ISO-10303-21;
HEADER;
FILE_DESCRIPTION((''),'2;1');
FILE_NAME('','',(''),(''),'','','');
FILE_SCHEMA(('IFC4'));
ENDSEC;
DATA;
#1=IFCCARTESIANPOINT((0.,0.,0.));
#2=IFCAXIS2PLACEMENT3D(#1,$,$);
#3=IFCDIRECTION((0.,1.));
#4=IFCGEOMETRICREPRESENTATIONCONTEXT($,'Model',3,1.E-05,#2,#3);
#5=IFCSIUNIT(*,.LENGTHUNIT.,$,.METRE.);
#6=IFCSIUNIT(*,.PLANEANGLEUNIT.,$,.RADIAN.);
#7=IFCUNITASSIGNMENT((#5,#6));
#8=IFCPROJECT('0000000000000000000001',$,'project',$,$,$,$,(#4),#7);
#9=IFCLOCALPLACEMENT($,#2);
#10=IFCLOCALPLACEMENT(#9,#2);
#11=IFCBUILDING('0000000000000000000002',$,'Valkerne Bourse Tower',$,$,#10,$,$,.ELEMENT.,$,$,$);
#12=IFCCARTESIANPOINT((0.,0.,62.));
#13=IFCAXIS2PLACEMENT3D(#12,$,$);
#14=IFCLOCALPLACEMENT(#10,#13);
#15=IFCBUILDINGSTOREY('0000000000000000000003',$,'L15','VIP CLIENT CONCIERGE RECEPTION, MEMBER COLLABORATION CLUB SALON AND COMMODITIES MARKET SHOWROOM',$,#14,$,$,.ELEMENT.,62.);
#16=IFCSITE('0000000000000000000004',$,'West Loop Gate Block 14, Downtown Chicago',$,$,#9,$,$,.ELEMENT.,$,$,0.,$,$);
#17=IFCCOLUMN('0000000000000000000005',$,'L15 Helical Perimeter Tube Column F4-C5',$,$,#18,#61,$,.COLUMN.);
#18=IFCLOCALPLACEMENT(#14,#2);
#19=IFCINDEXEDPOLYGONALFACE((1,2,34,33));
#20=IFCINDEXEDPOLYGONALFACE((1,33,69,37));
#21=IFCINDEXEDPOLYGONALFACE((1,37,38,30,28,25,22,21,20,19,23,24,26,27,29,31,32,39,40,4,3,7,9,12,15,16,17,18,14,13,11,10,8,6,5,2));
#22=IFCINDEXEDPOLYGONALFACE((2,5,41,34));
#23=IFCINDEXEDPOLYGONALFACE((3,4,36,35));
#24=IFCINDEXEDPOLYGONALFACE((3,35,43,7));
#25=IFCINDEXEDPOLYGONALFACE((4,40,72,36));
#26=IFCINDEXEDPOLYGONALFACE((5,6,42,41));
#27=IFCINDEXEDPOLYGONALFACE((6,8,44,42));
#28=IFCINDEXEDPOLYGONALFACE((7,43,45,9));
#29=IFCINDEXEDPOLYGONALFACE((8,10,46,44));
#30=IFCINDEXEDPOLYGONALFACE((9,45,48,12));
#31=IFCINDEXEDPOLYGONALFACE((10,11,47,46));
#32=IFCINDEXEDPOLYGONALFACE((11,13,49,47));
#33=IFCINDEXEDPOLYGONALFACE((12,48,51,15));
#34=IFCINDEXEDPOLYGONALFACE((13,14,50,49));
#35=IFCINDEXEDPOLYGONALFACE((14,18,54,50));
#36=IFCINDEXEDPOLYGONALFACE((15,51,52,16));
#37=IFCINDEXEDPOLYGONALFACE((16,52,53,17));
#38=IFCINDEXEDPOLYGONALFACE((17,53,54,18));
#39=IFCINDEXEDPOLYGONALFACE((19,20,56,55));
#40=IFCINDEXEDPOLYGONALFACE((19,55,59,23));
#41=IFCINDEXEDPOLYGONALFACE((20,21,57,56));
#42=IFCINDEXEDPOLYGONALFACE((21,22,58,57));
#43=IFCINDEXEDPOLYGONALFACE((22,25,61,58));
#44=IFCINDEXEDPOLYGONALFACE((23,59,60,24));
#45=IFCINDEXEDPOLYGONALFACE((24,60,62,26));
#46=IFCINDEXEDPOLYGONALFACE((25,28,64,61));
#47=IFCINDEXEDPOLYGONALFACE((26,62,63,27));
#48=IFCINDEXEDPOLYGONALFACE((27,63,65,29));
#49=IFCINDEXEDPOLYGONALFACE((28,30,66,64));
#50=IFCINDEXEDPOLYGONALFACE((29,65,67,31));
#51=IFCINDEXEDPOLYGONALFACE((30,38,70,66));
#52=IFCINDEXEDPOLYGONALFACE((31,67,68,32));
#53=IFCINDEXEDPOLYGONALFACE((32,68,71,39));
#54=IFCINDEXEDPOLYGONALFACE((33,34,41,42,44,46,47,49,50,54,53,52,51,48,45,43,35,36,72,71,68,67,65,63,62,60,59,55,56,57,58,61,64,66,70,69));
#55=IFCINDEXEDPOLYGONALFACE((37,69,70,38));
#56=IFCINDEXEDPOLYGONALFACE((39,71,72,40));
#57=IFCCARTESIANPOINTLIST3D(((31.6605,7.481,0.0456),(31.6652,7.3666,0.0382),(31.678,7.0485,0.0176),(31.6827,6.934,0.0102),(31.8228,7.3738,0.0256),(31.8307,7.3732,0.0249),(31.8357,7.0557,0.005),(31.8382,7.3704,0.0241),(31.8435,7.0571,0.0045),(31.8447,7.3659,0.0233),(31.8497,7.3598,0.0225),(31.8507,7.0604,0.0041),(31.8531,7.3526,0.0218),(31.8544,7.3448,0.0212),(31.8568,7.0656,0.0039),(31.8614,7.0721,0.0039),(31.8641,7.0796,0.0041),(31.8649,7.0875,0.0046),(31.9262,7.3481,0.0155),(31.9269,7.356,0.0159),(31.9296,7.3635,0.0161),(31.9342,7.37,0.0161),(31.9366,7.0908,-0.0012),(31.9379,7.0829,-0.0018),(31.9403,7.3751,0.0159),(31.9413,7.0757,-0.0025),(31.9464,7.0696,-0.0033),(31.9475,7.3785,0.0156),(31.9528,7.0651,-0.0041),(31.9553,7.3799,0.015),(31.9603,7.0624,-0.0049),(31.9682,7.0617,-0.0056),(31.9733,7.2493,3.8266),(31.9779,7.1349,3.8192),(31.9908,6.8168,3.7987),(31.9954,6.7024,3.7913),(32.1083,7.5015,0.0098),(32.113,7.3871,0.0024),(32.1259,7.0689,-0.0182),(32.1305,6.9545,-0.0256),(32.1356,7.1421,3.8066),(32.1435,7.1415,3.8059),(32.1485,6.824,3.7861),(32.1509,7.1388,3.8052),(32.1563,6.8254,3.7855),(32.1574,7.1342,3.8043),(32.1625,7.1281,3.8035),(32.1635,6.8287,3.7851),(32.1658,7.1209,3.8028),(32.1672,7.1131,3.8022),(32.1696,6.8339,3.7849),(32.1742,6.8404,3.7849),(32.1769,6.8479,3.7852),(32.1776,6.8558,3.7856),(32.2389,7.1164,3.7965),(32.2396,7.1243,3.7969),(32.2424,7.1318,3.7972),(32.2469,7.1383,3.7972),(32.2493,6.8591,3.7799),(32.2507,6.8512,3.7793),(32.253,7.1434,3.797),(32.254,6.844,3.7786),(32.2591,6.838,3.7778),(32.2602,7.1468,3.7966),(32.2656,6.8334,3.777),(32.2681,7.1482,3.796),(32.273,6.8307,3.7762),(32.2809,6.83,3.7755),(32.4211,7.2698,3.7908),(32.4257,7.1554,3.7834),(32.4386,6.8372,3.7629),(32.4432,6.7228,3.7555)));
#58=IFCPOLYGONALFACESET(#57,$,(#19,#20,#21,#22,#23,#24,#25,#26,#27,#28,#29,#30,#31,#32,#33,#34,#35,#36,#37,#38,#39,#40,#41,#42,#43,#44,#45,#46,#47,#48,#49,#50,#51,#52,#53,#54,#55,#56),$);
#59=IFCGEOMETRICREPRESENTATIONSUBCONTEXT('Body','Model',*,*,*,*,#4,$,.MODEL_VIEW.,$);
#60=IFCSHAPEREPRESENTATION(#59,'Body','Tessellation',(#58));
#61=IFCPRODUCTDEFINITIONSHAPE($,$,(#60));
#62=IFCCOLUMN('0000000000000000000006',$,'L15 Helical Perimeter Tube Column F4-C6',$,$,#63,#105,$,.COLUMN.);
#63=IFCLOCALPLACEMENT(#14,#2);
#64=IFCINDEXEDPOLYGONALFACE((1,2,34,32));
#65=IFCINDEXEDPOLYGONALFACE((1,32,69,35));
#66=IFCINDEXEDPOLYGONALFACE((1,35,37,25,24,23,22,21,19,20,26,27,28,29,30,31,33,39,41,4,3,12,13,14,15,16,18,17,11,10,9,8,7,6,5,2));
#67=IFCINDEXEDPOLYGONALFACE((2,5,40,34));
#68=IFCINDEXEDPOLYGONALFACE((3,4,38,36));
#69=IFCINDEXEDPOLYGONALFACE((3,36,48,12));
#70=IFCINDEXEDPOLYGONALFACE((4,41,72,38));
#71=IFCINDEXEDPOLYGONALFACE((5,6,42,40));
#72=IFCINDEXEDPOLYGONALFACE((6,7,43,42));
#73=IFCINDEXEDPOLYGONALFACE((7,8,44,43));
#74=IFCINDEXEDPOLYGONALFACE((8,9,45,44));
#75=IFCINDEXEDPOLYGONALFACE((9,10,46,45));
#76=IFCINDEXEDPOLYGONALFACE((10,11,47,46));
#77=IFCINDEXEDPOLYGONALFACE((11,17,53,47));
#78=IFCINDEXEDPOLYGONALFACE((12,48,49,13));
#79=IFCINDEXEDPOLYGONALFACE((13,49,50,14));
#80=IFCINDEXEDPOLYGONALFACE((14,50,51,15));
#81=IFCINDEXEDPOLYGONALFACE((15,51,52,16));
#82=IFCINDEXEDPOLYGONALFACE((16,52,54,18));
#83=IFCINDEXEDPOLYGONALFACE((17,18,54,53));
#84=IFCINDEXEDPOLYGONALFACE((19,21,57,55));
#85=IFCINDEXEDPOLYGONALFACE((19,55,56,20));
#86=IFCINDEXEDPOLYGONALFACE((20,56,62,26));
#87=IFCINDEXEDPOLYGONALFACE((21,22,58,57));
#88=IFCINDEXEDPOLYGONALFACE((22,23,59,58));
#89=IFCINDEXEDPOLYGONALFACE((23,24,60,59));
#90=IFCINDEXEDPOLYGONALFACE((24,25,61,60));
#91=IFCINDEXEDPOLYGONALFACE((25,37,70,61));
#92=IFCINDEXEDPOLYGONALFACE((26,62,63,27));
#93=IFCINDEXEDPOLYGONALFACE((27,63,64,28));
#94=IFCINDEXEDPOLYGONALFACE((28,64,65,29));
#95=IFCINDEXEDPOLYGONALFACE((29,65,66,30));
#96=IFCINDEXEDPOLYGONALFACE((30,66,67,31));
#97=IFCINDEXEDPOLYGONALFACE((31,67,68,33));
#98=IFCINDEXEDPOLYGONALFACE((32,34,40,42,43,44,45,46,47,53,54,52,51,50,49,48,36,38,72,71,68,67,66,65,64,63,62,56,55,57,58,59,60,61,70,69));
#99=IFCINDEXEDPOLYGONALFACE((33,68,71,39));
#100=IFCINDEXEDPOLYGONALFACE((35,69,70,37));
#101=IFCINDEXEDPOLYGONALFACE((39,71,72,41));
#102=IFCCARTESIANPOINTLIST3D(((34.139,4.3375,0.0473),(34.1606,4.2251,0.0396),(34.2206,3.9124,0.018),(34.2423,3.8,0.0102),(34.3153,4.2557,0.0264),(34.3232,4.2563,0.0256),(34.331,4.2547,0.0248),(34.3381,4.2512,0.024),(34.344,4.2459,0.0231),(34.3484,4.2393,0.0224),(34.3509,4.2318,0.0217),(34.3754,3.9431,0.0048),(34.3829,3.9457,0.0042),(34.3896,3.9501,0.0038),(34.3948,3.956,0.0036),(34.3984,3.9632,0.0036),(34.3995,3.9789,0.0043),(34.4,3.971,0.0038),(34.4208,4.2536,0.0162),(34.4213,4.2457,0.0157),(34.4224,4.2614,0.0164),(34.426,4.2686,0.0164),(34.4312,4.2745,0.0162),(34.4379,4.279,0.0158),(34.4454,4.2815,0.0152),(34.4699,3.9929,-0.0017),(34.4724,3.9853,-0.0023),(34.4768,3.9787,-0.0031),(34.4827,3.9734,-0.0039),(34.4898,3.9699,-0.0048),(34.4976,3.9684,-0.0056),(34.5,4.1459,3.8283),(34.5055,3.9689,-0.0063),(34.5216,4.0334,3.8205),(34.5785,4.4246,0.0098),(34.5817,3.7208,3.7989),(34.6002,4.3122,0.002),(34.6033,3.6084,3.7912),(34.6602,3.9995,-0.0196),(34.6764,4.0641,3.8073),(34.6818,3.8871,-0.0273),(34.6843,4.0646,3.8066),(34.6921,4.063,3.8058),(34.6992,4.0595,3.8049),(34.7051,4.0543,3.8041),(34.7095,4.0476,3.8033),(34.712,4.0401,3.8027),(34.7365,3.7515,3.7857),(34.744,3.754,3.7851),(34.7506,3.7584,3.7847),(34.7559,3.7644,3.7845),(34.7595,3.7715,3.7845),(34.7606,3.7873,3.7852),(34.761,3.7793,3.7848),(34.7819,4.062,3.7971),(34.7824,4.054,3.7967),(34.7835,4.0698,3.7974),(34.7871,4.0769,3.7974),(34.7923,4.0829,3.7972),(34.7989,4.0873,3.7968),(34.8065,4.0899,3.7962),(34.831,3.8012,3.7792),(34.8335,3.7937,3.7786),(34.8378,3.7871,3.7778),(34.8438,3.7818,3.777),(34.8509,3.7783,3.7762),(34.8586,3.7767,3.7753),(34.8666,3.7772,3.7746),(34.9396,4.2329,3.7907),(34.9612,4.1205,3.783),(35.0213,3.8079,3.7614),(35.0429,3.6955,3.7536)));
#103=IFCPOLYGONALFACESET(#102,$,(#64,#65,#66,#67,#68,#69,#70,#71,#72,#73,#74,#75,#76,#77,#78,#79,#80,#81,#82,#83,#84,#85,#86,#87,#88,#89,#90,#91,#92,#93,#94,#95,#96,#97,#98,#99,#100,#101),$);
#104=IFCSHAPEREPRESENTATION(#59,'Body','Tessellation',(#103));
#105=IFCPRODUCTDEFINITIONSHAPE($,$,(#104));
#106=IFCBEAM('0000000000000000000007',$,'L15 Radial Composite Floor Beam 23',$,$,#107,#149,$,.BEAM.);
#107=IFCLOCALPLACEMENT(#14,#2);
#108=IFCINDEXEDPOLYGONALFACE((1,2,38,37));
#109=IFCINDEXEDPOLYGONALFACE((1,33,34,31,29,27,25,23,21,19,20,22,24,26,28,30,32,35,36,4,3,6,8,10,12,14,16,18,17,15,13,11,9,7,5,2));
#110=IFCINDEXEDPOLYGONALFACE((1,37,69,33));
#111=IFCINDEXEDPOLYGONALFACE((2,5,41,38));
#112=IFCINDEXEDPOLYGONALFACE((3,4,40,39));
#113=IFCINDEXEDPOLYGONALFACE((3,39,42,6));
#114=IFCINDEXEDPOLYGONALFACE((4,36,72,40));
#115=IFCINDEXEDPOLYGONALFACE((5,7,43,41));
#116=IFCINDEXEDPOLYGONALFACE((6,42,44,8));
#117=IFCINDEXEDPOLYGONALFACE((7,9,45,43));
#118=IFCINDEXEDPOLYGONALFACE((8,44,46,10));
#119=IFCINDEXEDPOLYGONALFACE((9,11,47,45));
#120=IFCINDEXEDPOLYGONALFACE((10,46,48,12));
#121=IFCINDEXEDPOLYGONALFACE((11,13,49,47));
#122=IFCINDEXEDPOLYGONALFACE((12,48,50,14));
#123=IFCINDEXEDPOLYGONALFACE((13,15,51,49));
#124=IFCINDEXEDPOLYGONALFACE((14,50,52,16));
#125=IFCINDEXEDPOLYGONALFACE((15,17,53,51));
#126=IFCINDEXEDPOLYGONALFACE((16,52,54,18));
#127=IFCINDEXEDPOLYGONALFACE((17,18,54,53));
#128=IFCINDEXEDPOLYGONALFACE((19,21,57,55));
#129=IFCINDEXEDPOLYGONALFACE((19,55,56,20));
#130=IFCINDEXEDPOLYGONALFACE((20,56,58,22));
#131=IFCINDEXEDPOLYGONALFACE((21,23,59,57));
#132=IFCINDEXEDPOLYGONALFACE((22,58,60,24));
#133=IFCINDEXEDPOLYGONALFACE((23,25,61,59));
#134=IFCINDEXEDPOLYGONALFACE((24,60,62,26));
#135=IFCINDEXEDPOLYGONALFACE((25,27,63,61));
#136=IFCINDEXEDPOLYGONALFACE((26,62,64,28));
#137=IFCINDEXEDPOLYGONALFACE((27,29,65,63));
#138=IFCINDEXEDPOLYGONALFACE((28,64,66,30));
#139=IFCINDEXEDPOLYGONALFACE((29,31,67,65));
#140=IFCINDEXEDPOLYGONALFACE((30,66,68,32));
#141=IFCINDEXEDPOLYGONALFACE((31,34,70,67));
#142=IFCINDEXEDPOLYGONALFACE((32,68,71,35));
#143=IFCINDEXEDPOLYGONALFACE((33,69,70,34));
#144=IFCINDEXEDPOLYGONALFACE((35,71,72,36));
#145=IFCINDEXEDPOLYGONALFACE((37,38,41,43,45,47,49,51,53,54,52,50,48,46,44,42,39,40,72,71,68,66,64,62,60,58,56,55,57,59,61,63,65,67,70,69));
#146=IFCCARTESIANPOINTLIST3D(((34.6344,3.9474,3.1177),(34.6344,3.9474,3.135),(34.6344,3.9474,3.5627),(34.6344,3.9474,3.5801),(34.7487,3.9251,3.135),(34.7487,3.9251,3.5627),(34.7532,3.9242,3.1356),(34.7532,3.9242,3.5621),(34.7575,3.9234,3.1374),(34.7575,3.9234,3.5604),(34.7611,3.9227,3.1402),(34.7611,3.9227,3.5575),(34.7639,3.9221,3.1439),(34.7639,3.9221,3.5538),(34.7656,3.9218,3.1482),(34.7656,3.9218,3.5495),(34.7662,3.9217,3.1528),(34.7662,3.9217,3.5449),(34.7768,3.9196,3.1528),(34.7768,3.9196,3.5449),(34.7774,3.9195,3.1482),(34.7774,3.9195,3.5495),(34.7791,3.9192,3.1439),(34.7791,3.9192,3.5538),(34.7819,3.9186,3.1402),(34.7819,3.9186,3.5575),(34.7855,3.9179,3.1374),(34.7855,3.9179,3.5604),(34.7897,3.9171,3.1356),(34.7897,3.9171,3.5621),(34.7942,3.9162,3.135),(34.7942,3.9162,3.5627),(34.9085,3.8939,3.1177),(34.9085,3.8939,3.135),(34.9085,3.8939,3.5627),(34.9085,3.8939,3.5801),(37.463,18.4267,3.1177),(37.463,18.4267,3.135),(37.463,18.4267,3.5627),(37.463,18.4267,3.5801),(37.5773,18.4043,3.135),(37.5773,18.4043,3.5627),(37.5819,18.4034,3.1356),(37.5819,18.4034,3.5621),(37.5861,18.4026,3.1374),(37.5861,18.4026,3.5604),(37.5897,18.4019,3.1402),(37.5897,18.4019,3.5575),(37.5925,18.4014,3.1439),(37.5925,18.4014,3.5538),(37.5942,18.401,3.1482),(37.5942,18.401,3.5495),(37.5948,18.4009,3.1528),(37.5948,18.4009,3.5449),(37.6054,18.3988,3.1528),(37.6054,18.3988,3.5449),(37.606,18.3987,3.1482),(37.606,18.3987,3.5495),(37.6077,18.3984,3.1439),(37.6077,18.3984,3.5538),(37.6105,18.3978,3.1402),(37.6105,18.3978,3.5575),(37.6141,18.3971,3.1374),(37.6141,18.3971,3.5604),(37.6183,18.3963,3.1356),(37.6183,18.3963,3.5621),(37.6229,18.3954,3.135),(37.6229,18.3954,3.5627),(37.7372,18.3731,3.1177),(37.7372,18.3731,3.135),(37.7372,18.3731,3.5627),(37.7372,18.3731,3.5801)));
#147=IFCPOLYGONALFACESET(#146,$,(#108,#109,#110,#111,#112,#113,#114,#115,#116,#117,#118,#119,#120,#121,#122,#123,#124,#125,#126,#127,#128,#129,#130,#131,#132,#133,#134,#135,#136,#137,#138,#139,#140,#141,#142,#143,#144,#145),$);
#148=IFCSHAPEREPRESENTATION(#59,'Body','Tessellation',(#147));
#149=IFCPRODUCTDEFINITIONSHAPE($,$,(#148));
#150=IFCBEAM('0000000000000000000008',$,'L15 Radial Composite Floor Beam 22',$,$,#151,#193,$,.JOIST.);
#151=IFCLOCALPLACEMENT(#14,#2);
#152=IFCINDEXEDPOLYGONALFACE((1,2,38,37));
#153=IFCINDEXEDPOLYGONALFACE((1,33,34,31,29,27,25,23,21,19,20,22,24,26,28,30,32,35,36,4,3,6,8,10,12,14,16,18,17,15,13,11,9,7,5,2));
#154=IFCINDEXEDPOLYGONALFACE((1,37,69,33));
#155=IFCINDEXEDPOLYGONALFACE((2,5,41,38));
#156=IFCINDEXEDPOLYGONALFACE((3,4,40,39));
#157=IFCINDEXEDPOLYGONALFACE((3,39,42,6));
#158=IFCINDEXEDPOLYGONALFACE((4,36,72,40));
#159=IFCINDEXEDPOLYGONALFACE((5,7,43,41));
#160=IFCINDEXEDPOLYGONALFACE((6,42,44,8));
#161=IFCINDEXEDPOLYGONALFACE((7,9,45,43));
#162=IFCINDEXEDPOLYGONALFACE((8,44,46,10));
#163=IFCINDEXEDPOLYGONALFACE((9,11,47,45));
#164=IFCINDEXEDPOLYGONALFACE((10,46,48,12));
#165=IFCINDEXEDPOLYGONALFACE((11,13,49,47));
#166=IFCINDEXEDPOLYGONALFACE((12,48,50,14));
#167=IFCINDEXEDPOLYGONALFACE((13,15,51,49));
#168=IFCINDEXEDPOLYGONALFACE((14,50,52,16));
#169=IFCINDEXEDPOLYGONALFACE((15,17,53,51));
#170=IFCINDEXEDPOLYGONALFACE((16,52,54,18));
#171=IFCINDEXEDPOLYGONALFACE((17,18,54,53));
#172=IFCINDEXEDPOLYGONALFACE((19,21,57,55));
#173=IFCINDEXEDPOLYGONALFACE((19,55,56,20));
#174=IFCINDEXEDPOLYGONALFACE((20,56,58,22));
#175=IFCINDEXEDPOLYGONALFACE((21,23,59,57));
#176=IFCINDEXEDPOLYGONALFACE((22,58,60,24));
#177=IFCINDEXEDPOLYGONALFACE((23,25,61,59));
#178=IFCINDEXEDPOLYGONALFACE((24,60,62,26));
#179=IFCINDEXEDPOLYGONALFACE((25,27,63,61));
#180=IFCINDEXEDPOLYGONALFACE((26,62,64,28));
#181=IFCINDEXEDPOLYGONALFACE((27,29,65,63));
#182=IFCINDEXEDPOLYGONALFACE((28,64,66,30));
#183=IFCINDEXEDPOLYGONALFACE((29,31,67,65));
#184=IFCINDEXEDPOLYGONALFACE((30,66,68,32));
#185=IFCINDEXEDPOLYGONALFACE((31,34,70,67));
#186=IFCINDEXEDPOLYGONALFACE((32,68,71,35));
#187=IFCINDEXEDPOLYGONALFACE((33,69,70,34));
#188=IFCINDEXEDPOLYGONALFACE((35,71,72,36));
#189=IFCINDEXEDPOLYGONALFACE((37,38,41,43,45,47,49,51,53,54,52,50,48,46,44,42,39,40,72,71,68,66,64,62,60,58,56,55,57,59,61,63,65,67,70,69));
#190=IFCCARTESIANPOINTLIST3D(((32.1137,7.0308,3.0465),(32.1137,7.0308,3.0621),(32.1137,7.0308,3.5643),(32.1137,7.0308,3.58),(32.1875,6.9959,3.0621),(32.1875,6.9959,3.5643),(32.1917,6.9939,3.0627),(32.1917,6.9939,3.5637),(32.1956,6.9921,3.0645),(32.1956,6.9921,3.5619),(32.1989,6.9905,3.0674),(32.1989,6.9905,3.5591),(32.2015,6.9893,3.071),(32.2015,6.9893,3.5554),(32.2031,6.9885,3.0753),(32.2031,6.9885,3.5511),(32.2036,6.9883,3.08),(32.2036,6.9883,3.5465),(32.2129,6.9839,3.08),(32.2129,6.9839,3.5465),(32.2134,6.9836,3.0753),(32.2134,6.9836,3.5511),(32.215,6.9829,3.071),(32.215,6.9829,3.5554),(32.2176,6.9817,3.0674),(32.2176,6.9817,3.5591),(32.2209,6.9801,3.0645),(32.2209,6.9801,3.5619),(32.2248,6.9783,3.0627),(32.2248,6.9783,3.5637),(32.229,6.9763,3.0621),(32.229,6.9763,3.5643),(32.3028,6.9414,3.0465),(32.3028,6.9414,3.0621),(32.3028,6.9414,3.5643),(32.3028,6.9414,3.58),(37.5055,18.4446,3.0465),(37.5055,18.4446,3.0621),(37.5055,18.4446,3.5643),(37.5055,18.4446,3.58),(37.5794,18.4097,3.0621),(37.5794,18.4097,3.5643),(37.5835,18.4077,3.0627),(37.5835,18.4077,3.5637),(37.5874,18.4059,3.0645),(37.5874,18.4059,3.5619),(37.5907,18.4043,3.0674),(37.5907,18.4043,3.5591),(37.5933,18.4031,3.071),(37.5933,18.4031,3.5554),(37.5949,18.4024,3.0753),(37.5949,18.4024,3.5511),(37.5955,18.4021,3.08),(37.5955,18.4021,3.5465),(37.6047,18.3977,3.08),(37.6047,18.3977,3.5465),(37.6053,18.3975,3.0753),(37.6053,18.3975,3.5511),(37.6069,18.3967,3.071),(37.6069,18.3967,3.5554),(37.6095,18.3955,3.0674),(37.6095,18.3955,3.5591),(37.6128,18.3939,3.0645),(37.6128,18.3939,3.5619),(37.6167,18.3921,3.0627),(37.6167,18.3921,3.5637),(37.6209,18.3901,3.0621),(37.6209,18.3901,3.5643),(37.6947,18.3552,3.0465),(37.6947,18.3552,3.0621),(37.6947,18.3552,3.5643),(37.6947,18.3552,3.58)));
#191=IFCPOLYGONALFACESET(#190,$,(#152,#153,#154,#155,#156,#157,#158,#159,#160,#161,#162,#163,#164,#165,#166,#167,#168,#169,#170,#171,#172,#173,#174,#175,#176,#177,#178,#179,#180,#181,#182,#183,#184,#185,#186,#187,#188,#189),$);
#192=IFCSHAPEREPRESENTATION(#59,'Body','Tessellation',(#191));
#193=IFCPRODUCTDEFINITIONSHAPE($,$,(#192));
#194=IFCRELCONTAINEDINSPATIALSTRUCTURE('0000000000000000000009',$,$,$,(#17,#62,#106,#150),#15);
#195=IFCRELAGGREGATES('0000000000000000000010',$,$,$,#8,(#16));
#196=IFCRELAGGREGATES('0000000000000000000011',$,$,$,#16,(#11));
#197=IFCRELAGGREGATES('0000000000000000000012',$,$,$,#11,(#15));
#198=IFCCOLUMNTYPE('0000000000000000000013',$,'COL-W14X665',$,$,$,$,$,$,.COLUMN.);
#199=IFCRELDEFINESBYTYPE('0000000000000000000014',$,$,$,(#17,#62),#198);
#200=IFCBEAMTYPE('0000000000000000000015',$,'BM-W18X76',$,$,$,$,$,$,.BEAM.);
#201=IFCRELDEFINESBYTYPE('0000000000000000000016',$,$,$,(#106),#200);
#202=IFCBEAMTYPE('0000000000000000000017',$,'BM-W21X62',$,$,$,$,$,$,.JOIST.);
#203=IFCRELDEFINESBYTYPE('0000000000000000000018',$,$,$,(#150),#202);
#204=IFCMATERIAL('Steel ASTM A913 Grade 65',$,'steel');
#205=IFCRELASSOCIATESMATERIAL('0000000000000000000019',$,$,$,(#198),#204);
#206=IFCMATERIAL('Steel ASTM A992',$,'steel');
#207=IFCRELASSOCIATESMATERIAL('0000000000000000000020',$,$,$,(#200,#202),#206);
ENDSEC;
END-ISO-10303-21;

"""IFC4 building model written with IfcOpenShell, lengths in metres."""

from ifc_helpers import new_model, si_unit, direction, frame, origin, origin_2d, place, context, subcontext, project, spatial, i_section, extrude, material, material_profile, profile_set, type_object, element, save


model = new_model("IFC4")

# Units and contexts
model_context = context("Model", 3, precision=1e-05, world=origin(), true_north=direction((0.0, 1.0)))
body_context = subcontext(model_context, "Body", "Model", "MODEL_VIEW")
ifc_project = project(units=[si_unit("LENGTHUNIT", "METRE"), si_unit("PLANEANGLEUNIT", "RADIAN")], contexts=[model_context])

# Site, building, storey
site_placement = place(None, origin())
site = spatial("IfcSite", under=ifc_project, at=site_placement, Name="West Loop Gate Block 14, Downtown Chicago", CompositionType="ELEMENT", RefElevation=0.0)
building_placement = place(site_placement, origin())
building = spatial("IfcBuilding", under=site, at=building_placement, Name="Valkerne Bourse Tower", CompositionType="ELEMENT")
storey_placement = place(building_placement, frame((0.0, 0.0, 62.0)))
storey = spatial("IfcBuildingStorey", under=building, at=storey_placement, Name="L15", Description="VIP CLIENT CONCIERGE RECEPTION, MEMBER COLLABORATION CLUB SALON AND COMMODITIES MARKET SHOWROOM", CompositionType="ELEMENT", Elevation=62.0)

# Columns
ifc_material_1 = material(Name="Steel ASTM A913 Grade 65", Category="steel")
ifc_material_profile_1 = material_profile(ifc_material_1, i_section(OverallWidth=0.4497, OverallDepth=0.5486, WebThickness=0.072, FlangeThickness=0.1147, FilletRadius=0.0305, at=origin_2d()), Name="W14X665")
ifc_profile_set_1 = profile_set([ifc_material_profile_1], Name="Steel ASTM A913 Grade 65")
column_type = type_object("IfcColumnType", Name="COL-W14X665", PredefinedType="COLUMN", material=ifc_profile_set_1)
column_1_placement = place(storey_placement, frame((31.8955, 7.2178, 0.01), z_axis=(0.08228, -0.060955, 0.994743), x_axis=(0.99579, 0.045492, -0.079579)))
element("IfcColumn", 1, at=column_1_placement, inside=storey, type_object=column_type, Name="L15 Helical Perimeter Tube Column F4-C5", PredefinedType="COLUMN", context=body_context, shape_type="SweptSolid", body=[
    extrude(i_section(OverallWidth=0.4497, OverallDepth=0.5486, WebThickness=0.072, FlangeThickness=0.1147, FilletRadius=0.0305, at=origin_2d()), origin(), (0.0, 0.0, 1.0), 3.801),
])
column_2_placement = place(storey_placement, frame((34.4104, 4.1123, 0.01), z_axis=(0.094946, -0.050394, 0.994206), x_axis=(0.977509, 0.193644, -0.083536)))
element("IfcColumn", 2, at=column_2_placement, inside=storey, type_object=column_type, Name="L15 Helical Perimeter Tube Column F4-C6", PredefinedType="COLUMN", context=body_context, shape_type="SweptSolid", body=[
    extrude(i_section(OverallWidth=0.4497, OverallDepth=0.5486, WebThickness=0.072, FlangeThickness=0.1147, FilletRadius=0.0305, at=origin_2d()), origin(), (0.0, 0.0, 1.0), 3.803),
])

# Beams
ifc_material_2 = material(Name="Steel ASTM A992", Category="steel")
ifc_material_profile_2 = material_profile(ifc_material_2, i_section(OverallWidth=0.2793, OverallDepth=0.4624, WebThickness=0.0107, FlangeThickness=0.0173, FilletRadius=0.0178, at=origin_2d()), Name="W18X76")
ifc_profile_set_2 = profile_set([ifc_material_profile_2], Name="Steel ASTM A992")
beam_type_1 = type_object("IfcBeamType", Name="BM-W18X76", PredefinedType="BEAM", material=ifc_profile_set_2)
beam_1_placement = place(storey_placement, frame((34.7715, 3.9207, 3.3489), z_axis=(0.191732, 0.981447, 0.0), x_axis=(-0.981447, 0.191732, 0.0)))
element("IfcBeam", 3, at=beam_1_placement, inside=storey, type_object=beam_type_1, Name="L15 Radial Composite Floor Beam 23", PredefinedType="BEAM", context=body_context, shape_type="SweptSolid", body=[
    extrude(i_section(OverallWidth=0.2793, OverallDepth=0.4624, WebThickness=0.0107, FlangeThickness=0.0173, FilletRadius=0.0178, at=origin_2d()), origin(), (0.0, 0.0, 1.0), 14.7529),
])
ifc_material_profile_3 = material_profile(ifc_material_2, i_section(OverallWidth=0.2092, OverallDepth=0.5334, WebThickness=0.0103, FlangeThickness=0.0156, FilletRadius=0.0178, at=origin_2d()), Name="W21X62")
ifc_profile_set_3 = profile_set([ifc_material_profile_3], Name="Steel ASTM A992")
beam_type_2 = type_object("IfcBeamType", Name="BM-W21X62", PredefinedType="JOIST", material=ifc_profile_set_3)
beam_2_placement = place(storey_placement, frame((32.2083, 6.9861, 3.3132), z_axis=(0.427135, 0.904188, 0.0), x_axis=(-0.904188, 0.427135, 0.0)))
element("IfcBeam", 4, at=beam_2_placement, inside=storey, type_object=beam_type_2, Name="L15 Radial Composite Floor Beam 22", PredefinedType="JOIST", context=body_context, shape_type="SweptSolid", body=[
    extrude(i_section(OverallWidth=0.2092, OverallDepth=0.5334, WebThickness=0.0103, FlangeThickness=0.0156, FilletRadius=0.0178, at=origin_2d()), origin(), (0.0, 0.0, 1.0), 12.6233),
])

save(model, "model.ifc")
